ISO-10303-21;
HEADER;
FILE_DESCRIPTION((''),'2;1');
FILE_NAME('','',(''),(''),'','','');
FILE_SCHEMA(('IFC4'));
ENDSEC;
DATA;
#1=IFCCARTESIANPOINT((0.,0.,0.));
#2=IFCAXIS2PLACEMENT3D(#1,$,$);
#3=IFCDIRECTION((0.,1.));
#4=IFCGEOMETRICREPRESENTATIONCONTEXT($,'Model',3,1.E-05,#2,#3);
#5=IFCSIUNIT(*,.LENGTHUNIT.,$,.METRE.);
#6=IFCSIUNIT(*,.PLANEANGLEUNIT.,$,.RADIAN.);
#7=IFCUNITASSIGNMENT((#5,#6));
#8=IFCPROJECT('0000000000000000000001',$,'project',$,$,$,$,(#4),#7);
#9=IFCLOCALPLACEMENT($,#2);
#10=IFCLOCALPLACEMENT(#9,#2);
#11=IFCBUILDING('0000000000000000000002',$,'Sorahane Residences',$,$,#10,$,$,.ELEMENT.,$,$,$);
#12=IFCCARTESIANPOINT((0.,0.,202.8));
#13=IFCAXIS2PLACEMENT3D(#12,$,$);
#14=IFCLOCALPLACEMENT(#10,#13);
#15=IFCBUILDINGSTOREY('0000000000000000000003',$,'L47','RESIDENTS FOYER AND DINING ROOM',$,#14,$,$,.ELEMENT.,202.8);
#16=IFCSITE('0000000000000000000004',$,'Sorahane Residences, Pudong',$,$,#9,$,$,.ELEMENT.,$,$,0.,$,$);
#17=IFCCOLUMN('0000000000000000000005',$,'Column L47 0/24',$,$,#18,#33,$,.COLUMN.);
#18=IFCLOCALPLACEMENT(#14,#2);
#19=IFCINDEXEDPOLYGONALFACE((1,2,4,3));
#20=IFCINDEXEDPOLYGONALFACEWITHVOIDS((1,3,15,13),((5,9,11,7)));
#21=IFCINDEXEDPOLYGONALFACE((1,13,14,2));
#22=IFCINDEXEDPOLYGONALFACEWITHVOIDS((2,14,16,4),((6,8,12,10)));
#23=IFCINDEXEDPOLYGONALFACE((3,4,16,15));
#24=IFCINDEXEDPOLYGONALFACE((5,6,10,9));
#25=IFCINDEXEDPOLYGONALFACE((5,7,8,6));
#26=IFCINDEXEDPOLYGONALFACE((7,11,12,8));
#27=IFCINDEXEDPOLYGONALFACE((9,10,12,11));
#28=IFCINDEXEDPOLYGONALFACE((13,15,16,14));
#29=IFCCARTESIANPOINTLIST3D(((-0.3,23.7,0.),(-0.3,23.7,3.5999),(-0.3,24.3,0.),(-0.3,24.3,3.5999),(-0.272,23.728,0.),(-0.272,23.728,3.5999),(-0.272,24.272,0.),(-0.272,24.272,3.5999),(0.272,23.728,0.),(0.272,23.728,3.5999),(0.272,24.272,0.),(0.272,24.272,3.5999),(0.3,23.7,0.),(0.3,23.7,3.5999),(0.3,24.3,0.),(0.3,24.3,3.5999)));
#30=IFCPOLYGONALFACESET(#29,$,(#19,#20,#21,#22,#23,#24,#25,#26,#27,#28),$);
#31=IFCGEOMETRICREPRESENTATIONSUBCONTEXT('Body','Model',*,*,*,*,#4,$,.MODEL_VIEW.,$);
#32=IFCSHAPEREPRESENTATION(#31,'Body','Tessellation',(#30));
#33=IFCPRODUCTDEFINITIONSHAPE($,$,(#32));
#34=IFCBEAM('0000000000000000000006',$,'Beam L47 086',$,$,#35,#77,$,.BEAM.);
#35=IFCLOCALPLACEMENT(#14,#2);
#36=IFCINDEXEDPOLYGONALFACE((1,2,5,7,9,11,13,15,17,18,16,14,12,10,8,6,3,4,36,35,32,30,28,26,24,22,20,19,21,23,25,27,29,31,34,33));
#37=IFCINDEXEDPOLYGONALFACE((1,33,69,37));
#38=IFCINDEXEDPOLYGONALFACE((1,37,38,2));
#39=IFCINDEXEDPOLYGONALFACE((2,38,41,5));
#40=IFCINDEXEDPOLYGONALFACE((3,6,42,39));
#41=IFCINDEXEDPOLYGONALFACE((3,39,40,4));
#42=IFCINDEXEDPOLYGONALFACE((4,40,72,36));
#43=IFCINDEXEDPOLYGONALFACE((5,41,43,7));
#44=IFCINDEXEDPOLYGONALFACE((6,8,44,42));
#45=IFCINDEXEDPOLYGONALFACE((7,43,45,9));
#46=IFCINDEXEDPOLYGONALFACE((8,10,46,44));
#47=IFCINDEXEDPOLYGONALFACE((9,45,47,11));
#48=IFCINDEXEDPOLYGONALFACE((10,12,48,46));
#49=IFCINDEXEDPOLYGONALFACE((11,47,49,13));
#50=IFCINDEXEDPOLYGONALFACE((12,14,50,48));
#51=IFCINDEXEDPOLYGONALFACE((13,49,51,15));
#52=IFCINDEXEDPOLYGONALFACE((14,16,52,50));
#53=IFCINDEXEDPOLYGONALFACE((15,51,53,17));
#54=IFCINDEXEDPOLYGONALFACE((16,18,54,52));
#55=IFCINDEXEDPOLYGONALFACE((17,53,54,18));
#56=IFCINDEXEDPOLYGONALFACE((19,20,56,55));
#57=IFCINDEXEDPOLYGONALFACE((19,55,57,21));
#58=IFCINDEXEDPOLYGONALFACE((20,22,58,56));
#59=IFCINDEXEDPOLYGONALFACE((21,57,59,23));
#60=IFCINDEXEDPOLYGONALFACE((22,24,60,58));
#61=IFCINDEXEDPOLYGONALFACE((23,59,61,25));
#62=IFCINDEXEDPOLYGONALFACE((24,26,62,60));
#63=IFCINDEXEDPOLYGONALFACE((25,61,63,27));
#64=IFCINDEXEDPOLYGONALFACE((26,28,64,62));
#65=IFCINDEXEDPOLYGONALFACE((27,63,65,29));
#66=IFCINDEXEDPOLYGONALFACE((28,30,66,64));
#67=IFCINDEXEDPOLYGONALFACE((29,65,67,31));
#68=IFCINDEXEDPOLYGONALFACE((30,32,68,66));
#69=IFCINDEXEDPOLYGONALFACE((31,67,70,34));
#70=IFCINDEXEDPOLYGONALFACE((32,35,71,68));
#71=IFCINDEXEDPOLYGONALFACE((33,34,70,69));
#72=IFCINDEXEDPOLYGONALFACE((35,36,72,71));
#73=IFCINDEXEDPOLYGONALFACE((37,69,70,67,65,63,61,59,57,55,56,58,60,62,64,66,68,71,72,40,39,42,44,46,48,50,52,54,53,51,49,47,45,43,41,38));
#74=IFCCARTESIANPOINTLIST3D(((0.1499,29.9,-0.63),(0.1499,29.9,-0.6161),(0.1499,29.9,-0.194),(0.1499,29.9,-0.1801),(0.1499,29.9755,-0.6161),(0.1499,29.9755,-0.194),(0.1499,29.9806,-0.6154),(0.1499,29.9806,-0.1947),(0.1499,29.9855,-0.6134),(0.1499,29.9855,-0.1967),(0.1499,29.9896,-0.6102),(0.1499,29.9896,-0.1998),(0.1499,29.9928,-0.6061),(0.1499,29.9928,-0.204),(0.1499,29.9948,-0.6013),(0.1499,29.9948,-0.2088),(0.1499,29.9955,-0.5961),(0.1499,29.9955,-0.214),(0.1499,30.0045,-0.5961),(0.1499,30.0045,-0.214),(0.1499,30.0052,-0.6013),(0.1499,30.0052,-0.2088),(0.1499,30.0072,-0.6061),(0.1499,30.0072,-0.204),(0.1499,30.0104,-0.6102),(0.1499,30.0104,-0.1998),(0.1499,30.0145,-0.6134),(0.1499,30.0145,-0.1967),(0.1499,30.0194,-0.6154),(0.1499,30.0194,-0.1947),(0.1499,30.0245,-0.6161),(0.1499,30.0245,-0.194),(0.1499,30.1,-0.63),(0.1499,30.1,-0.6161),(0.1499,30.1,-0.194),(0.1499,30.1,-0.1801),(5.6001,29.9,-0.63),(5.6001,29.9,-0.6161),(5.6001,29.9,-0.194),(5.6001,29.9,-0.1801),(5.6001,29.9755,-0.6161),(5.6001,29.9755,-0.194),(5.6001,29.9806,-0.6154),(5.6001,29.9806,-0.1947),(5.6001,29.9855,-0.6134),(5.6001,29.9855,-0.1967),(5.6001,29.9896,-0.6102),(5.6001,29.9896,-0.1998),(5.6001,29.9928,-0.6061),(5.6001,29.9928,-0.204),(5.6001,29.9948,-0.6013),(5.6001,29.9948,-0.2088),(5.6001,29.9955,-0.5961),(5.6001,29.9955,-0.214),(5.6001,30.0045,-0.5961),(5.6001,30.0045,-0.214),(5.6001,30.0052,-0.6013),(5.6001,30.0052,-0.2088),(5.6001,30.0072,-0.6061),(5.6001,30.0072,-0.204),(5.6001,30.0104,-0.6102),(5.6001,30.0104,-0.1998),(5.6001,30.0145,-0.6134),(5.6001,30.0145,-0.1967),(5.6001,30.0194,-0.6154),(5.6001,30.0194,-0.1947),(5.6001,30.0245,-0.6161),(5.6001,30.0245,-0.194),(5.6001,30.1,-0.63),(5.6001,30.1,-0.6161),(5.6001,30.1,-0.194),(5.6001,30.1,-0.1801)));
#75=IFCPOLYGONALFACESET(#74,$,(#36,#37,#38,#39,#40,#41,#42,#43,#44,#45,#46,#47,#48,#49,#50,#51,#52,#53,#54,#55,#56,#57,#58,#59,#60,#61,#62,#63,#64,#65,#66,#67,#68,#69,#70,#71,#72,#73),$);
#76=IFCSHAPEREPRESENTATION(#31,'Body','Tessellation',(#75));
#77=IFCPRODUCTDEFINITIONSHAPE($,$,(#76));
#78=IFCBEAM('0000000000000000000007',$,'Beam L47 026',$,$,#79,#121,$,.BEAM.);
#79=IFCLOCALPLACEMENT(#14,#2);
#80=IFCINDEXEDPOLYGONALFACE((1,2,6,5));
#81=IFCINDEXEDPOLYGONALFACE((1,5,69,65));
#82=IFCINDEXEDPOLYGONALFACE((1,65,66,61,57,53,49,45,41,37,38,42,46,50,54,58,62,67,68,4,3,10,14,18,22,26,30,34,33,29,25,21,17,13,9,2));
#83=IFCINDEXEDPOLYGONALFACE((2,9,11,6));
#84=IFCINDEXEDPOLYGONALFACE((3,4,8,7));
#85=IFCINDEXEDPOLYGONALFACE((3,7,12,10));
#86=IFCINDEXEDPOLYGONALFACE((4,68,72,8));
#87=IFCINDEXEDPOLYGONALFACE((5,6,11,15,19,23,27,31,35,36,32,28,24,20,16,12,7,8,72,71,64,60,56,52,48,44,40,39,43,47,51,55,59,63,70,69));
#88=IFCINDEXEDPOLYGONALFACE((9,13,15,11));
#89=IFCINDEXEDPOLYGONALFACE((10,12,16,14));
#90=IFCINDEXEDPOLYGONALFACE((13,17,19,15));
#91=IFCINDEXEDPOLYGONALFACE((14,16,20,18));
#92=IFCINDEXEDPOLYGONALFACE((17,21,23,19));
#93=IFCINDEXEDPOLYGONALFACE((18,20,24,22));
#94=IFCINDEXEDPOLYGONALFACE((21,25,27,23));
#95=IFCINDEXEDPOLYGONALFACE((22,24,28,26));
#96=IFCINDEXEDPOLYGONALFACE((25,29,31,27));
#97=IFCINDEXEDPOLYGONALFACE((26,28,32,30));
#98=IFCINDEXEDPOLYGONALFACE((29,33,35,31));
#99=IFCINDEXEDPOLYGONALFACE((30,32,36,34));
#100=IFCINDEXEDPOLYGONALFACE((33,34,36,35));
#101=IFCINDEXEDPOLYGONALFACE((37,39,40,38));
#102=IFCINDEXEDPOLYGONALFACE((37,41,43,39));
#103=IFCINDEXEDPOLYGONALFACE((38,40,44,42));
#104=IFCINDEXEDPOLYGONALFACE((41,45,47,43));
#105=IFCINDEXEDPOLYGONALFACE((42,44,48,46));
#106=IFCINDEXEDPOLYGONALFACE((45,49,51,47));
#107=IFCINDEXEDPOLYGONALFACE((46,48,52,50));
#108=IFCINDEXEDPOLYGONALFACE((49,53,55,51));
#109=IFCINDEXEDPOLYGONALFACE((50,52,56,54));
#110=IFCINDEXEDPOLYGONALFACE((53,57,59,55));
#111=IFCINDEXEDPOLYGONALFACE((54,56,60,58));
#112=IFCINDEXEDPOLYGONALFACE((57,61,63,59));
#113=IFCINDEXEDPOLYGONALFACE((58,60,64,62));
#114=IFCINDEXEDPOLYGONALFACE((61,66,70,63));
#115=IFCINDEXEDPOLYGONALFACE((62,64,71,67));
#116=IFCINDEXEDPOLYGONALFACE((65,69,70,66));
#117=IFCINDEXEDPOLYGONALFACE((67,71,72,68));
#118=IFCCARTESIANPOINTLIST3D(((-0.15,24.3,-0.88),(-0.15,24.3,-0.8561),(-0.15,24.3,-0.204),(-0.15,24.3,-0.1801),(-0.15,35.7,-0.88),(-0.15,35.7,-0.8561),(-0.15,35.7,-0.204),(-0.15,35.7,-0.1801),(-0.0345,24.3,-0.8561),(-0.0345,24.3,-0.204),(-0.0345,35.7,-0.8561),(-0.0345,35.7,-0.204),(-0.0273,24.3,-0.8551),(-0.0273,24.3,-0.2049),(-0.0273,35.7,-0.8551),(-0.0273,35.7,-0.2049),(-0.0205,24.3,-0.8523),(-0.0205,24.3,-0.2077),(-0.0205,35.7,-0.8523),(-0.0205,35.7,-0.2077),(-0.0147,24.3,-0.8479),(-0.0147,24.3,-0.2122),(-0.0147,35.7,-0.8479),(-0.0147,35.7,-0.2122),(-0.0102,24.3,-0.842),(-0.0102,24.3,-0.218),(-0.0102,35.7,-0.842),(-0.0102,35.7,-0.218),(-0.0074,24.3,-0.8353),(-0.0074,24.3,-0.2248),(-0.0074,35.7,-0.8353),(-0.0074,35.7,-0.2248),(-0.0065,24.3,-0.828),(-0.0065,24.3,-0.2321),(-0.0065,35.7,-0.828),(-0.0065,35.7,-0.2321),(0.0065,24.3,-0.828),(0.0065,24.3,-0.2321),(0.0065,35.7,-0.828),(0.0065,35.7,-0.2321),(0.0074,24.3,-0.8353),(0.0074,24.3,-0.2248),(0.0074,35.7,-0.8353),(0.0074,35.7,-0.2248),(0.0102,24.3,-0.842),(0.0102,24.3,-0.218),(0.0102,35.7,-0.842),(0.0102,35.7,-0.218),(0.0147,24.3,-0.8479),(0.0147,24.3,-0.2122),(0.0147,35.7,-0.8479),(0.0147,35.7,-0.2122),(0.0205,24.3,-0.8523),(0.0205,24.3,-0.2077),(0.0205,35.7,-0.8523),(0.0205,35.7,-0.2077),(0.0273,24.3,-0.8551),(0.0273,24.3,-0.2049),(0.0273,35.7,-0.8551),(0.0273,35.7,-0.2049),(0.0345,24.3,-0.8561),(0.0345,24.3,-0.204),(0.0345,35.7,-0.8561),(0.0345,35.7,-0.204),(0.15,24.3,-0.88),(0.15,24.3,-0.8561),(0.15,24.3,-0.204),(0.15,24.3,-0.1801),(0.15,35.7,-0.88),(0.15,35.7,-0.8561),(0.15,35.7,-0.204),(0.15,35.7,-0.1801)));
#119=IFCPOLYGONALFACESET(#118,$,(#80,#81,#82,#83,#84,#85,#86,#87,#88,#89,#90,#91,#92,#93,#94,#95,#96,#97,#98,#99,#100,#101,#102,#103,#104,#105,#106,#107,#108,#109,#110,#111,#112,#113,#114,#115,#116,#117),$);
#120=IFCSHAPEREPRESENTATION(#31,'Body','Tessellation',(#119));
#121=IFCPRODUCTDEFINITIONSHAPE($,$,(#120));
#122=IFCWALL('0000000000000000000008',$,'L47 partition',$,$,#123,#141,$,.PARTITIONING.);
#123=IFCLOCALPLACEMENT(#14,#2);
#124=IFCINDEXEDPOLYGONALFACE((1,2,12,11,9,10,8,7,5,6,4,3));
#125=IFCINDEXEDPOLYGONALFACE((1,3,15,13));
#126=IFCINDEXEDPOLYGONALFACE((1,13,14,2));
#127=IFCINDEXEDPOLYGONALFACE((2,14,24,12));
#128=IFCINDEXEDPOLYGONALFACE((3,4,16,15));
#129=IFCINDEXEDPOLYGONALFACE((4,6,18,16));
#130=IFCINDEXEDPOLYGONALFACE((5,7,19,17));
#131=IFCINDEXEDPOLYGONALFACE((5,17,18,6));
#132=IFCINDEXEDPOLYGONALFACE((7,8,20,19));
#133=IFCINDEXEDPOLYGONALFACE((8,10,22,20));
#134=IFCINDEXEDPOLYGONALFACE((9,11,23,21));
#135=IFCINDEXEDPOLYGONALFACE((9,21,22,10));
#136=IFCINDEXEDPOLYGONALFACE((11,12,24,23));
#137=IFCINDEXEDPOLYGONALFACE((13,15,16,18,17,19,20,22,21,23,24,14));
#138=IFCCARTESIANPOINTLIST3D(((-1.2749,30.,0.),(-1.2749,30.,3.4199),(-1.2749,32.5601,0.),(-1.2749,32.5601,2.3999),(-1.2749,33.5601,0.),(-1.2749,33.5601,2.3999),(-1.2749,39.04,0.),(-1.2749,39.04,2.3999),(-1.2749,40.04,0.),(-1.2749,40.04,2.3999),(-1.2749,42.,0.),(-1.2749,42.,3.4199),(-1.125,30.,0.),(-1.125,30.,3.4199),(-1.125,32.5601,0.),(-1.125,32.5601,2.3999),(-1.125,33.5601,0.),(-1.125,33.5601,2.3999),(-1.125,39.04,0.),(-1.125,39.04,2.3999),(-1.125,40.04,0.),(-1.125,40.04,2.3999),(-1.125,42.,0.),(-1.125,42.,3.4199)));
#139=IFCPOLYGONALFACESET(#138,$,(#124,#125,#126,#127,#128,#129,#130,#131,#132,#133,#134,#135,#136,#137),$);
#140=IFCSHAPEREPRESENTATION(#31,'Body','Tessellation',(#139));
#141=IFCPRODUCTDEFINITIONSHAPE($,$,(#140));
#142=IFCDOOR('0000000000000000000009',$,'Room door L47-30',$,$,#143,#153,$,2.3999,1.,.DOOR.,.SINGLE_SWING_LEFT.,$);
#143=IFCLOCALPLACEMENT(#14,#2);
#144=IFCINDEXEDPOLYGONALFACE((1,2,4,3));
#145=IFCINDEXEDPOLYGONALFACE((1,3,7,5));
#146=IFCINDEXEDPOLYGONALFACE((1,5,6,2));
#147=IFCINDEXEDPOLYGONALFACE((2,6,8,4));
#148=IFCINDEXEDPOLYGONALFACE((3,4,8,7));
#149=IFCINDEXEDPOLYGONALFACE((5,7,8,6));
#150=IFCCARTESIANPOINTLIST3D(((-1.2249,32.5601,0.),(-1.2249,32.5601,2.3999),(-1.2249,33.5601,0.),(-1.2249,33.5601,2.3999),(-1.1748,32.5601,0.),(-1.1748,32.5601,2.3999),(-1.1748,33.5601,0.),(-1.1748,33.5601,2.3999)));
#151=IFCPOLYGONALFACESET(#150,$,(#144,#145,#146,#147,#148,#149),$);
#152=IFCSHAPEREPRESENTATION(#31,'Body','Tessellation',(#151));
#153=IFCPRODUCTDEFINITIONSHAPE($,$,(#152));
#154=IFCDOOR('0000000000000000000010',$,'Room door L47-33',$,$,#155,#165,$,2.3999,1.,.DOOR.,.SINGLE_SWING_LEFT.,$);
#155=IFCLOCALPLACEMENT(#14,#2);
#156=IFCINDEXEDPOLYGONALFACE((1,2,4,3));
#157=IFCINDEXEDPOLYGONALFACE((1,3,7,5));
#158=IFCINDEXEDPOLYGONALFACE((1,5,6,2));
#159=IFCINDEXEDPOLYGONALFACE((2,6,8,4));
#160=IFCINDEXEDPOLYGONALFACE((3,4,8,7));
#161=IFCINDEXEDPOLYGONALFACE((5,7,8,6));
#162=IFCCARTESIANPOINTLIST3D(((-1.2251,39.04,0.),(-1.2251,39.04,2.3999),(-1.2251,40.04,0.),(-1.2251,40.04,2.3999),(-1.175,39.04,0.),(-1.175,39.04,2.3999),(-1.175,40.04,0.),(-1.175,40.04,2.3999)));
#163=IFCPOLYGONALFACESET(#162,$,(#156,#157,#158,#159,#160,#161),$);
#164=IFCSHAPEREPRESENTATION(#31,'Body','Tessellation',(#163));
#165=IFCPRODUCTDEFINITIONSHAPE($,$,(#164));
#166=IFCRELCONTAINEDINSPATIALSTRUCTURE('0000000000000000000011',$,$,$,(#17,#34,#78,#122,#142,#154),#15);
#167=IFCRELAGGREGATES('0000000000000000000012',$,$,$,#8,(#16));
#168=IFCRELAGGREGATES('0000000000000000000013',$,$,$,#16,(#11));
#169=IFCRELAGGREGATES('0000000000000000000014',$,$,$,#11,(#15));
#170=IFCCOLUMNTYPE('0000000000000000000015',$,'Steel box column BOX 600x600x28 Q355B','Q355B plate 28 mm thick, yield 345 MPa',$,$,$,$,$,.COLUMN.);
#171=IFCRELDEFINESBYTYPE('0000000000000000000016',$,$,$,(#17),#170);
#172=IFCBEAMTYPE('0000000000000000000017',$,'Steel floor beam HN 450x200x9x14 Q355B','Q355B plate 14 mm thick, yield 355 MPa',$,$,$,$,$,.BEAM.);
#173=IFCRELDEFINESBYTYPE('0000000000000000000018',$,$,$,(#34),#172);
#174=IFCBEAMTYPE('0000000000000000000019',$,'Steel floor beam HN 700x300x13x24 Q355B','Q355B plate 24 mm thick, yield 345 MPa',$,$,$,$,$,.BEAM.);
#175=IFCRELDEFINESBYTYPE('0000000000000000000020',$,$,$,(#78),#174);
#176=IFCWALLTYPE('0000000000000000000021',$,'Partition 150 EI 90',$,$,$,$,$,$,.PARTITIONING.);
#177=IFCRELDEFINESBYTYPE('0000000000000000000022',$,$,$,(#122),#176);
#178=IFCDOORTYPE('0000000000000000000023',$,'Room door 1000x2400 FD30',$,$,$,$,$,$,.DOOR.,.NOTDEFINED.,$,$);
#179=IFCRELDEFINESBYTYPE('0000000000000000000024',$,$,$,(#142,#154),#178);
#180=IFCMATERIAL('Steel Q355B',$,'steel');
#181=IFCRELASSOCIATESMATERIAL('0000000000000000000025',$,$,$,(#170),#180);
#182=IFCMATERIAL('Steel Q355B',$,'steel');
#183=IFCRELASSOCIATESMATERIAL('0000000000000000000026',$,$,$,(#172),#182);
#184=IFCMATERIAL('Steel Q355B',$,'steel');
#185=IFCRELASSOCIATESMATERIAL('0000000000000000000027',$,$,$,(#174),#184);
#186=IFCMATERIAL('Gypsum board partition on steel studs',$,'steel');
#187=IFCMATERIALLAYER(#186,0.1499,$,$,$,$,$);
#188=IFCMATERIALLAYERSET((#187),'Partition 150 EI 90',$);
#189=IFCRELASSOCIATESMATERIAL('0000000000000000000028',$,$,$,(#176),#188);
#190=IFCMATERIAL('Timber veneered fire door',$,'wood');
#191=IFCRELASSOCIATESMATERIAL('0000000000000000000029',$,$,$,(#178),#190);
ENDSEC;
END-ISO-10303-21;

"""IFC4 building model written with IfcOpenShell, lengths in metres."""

from ifc_helpers import new_model, si_unit, direction, frame, frame_2d, origin, origin_2d, place, context, subcontext, project, spatial, rectangle, hollow_rectangle, i_section, extrude, material, layer, layer_set, material_profile, profile_set, type_object, element, fill, save


model = new_model("IFC4")

# Units and contexts
model_context = context("Model", 3, precision=1e-05, world=origin(), true_north=direction((0.0, 1.0)))
body_context = subcontext(model_context, "Body", "Model", "MODEL_VIEW")
ifc_project = project(units=[si_unit("LENGTHUNIT", "METRE"), si_unit("PLANEANGLEUNIT", "RADIAN")], contexts=[model_context])

# Site, building, storey
site_placement = place(None, origin())
site = spatial("IfcSite", under=ifc_project, at=site_placement, Name="Sorahane Residences, Pudong", CompositionType="ELEMENT", RefElevation=0.0)
building_placement = place(site_placement, origin())
building = spatial("IfcBuilding", under=site, at=building_placement, Name="Sorahane Residences", CompositionType="ELEMENT")
storey_placement = place(building_placement, frame((0.0, 0.0, 202.8)))
storey = spatial("IfcBuildingStorey", under=building, at=storey_placement, Name="L47", Description="RESIDENTS FOYER AND DINING ROOM", CompositionType="ELEMENT", Elevation=202.8)

# Column
ifc_material_1 = material(Name="Steel Q355B", Category="steel")
ifc_material_profile_1 = material_profile(ifc_material_1, hollow_rectangle(XDim=0.6001, YDim=0.6001, WallThickness=0.0281, at=origin_2d()), Name="BOX 600x600x28")
ifc_profile_set_1 = profile_set([ifc_material_profile_1], Name="Steel Q355B")
column_type = type_object("IfcColumnType", Name="Steel box column BOX 600x600x28 Q355B", Description="Q355B plate 28 mm thick, yield 345 MPa", PredefinedType="COLUMN", material=ifc_profile_set_1)
column_placement = place(storey_placement, frame((0.0, 24.0, 0.0), z_axis=(0.0, 0.0, 1.0), x_axis=(1.0, 0.0, 0.0)))
element("IfcColumn", 1, at=column_placement, inside=storey, type_object=column_type, Name="Column L47 0/24", PredefinedType="COLUMN", context=body_context, shape_type="SweptSolid", body=[
    extrude(hollow_rectangle(XDim=0.6001, YDim=0.6001, WallThickness=0.0281, at=origin_2d()), origin(), (0.0, 0.0, 1.0), 3.5999),
])

# Beams
ifc_material_2 = material(Name="Steel Q355B", Category="steel")
ifc_material_profile_2 = material_profile(ifc_material_2, i_section(OverallWidth=0.2, OverallDepth=0.45, WebThickness=0.009, FlangeThickness=0.0139, FilletRadius=0.02, at=origin_2d()), Name="HN 450x200x9x14")
ifc_profile_set_2 = profile_set([ifc_material_profile_2], Name="Steel Q355B")
beam_type_1 = type_object("IfcBeamType", Name="Steel floor beam HN 450x200x9x14 Q355B", Description="Q355B plate 14 mm thick, yield 355 MPa", PredefinedType="BEAM", material=ifc_profile_set_2)
beam_1_placement = place(storey_placement, frame((0.1499, 30.0, -0.405), z_axis=(1.0, 0.0, 0.0), x_axis=(0.0, 1.0, 0.0)))
element("IfcBeam", 2, at=beam_1_placement, inside=storey, type_object=beam_type_1, Name="Beam L47 086", PredefinedType="BEAM", context=body_context, shape_type="SweptSolid", body=[
    extrude(i_section(OverallWidth=0.2, OverallDepth=0.45, WebThickness=0.009, FlangeThickness=0.0139, FilletRadius=0.02, at=origin_2d()), origin(), (0.0, 0.0, 1.0), 5.4502),
])
ifc_material_3 = material(Name="Steel Q355B", Category="steel")
ifc_material_profile_3 = material_profile(ifc_material_3, i_section(OverallWidth=0.3, OverallDepth=0.7, WebThickness=0.0129, FlangeThickness=0.0239, FilletRadius=0.0281, at=origin_2d()), Name="HN 700x300x13x24")
ifc_profile_set_3 = profile_set([ifc_material_profile_3], Name="Steel Q355B")
beam_type_2 = type_object("IfcBeamType", Name="Steel floor beam HN 700x300x13x24 Q355B", Description="Q355B plate 24 mm thick, yield 345 MPa", PredefinedType="BEAM", material=ifc_profile_set_3)
beam_2_placement = place(storey_placement, frame((0.0, 24.3, -0.53), z_axis=(0.0, 1.0, 0.0), x_axis=(-1.0, 0.0, 0.0)))
element("IfcBeam", 3, at=beam_2_placement, inside=storey, type_object=beam_type_2, Name="Beam L47 026", PredefinedType="BEAM", context=body_context, shape_type="SweptSolid", body=[
    extrude(i_section(OverallWidth=0.3, OverallDepth=0.7, WebThickness=0.0129, FlangeThickness=0.0239, FilletRadius=0.0281, at=origin_2d()), origin(), (0.0, 0.0, 1.0), 11.3999),
])

# Wall, openings, doors
ifc_material_4 = material(Name="Gypsum board partition on steel studs", Category="steel")
ifc_layer_1 = layer(ifc_material_4, 0.1499)
ifc_layer_set_1 = layer_set([ifc_layer_1], Name="Partition 150 EI 90")
wall_type_1 = type_object("IfcWallType", Name="Partition 150 EI 90", PredefinedType="PARTITIONING", material=ifc_layer_set_1)
wall_1_placement = place(storey_placement, frame((-1.2, 30.0, 0.0), z_axis=(0.0, 0.0, 1.0), x_axis=(0.0, 1.0, 0.0)))
wall_1 = element("IfcWall", 4, at=wall_1_placement, inside=storey, type_object=wall_type_1, Name="L47 partition", PredefinedType="PARTITIONING", context=body_context, shape_type="SweptSolid", body=[
    extrude(rectangle(XDim=12.0, YDim=0.1499, at=frame_2d((6.0, 0.0))), origin(), (0.0, 0.0, 1.0), 3.4199),
])
opening_1_placement = place(wall_1_placement, frame((2.5601, 0.0, 0.0)))
opening_1 = element("IfcOpeningElement", 5, at=opening_1_placement, cuts=wall_1, PredefinedType="OPENING", context=body_context, shape_type="SweptSolid", body=[
    extrude(rectangle(XDim=1.0, YDim=2.3999, at=frame_2d((0.5, 1.2))), frame((0.0, 0.085, 0.0), z_axis=(0.0, -1.0, 0.0), x_axis=(1.0, 0.0, 0.0)), (0.0, 0.0, 1.0), 0.1699),
])
opening_2_placement = place(wall_1_placement, frame((9.04, 0.0, 0.0)))
opening_2 = element("IfcOpeningElement", 6, at=opening_2_placement, cuts=wall_1, PredefinedType="OPENING", context=body_context, shape_type="SweptSolid", body=[
    extrude(rectangle(XDim=1.0, YDim=2.3999, at=frame_2d((0.5, 1.2))), frame((0.0, 0.085, 0.0), z_axis=(0.0, -1.0, 0.0), x_axis=(1.0, 0.0, 0.0)), (0.0, 0.0, 1.0), 0.1699),
])
ifc_material_5 = material(Name="Timber veneered fire door", Category="wood")
door_type_1 = type_object("IfcDoorType", Name="Room door 1000x2400 FD30", OperationType="NOTDEFINED", PredefinedType="DOOR", material=ifc_material_5)
door_1_placement = place(opening_1_placement, origin())
door_1 = element("IfcDoor", 7, at=door_1_placement, inside=storey, type_object=door_type_1, Name="Room door L47-30", OperationType="SINGLE_SWING_LEFT", OverallHeight=2.3999, OverallWidth=1.0, PredefinedType="DOOR", context=body_context, shape_type="SweptSolid", body=[
    extrude(rectangle(XDim=1.0, YDim=2.3999, at=frame_2d((0.5, 1.2))), frame((0.0, 0.0249, 0.0), z_axis=(0.0, -1.0, 0.0), x_axis=(1.0, 0.0, 0.0)), (0.0, 0.0, 1.0), 0.05),
])
fill(opening_1, door_1)
door_2_placement = place(opening_2_placement, frame((1.0, 0.0, 0.0), z_axis=(0.0, 0.0, 1.0), x_axis=(-1.0, 0.0, 0.0)))
door_2 = element("IfcDoor", 8, at=door_2_placement, inside=storey, type_object=door_type_1, Name="Room door L47-33", OperationType="SINGLE_SWING_LEFT", OverallHeight=2.3999, OverallWidth=1.0, PredefinedType="DOOR", context=body_context, shape_type="SweptSolid", body=[
    extrude(rectangle(XDim=1.0, YDim=2.3999, at=frame_2d((0.5, 1.2))), frame((0.0, 0.0249, 0.0), z_axis=(0.0, -1.0, 0.0), x_axis=(1.0, 0.0, 0.0)), (0.0, 0.0, 1.0), 0.05),
])
fill(opening_2, door_2)

save(model, "model.ifc")
